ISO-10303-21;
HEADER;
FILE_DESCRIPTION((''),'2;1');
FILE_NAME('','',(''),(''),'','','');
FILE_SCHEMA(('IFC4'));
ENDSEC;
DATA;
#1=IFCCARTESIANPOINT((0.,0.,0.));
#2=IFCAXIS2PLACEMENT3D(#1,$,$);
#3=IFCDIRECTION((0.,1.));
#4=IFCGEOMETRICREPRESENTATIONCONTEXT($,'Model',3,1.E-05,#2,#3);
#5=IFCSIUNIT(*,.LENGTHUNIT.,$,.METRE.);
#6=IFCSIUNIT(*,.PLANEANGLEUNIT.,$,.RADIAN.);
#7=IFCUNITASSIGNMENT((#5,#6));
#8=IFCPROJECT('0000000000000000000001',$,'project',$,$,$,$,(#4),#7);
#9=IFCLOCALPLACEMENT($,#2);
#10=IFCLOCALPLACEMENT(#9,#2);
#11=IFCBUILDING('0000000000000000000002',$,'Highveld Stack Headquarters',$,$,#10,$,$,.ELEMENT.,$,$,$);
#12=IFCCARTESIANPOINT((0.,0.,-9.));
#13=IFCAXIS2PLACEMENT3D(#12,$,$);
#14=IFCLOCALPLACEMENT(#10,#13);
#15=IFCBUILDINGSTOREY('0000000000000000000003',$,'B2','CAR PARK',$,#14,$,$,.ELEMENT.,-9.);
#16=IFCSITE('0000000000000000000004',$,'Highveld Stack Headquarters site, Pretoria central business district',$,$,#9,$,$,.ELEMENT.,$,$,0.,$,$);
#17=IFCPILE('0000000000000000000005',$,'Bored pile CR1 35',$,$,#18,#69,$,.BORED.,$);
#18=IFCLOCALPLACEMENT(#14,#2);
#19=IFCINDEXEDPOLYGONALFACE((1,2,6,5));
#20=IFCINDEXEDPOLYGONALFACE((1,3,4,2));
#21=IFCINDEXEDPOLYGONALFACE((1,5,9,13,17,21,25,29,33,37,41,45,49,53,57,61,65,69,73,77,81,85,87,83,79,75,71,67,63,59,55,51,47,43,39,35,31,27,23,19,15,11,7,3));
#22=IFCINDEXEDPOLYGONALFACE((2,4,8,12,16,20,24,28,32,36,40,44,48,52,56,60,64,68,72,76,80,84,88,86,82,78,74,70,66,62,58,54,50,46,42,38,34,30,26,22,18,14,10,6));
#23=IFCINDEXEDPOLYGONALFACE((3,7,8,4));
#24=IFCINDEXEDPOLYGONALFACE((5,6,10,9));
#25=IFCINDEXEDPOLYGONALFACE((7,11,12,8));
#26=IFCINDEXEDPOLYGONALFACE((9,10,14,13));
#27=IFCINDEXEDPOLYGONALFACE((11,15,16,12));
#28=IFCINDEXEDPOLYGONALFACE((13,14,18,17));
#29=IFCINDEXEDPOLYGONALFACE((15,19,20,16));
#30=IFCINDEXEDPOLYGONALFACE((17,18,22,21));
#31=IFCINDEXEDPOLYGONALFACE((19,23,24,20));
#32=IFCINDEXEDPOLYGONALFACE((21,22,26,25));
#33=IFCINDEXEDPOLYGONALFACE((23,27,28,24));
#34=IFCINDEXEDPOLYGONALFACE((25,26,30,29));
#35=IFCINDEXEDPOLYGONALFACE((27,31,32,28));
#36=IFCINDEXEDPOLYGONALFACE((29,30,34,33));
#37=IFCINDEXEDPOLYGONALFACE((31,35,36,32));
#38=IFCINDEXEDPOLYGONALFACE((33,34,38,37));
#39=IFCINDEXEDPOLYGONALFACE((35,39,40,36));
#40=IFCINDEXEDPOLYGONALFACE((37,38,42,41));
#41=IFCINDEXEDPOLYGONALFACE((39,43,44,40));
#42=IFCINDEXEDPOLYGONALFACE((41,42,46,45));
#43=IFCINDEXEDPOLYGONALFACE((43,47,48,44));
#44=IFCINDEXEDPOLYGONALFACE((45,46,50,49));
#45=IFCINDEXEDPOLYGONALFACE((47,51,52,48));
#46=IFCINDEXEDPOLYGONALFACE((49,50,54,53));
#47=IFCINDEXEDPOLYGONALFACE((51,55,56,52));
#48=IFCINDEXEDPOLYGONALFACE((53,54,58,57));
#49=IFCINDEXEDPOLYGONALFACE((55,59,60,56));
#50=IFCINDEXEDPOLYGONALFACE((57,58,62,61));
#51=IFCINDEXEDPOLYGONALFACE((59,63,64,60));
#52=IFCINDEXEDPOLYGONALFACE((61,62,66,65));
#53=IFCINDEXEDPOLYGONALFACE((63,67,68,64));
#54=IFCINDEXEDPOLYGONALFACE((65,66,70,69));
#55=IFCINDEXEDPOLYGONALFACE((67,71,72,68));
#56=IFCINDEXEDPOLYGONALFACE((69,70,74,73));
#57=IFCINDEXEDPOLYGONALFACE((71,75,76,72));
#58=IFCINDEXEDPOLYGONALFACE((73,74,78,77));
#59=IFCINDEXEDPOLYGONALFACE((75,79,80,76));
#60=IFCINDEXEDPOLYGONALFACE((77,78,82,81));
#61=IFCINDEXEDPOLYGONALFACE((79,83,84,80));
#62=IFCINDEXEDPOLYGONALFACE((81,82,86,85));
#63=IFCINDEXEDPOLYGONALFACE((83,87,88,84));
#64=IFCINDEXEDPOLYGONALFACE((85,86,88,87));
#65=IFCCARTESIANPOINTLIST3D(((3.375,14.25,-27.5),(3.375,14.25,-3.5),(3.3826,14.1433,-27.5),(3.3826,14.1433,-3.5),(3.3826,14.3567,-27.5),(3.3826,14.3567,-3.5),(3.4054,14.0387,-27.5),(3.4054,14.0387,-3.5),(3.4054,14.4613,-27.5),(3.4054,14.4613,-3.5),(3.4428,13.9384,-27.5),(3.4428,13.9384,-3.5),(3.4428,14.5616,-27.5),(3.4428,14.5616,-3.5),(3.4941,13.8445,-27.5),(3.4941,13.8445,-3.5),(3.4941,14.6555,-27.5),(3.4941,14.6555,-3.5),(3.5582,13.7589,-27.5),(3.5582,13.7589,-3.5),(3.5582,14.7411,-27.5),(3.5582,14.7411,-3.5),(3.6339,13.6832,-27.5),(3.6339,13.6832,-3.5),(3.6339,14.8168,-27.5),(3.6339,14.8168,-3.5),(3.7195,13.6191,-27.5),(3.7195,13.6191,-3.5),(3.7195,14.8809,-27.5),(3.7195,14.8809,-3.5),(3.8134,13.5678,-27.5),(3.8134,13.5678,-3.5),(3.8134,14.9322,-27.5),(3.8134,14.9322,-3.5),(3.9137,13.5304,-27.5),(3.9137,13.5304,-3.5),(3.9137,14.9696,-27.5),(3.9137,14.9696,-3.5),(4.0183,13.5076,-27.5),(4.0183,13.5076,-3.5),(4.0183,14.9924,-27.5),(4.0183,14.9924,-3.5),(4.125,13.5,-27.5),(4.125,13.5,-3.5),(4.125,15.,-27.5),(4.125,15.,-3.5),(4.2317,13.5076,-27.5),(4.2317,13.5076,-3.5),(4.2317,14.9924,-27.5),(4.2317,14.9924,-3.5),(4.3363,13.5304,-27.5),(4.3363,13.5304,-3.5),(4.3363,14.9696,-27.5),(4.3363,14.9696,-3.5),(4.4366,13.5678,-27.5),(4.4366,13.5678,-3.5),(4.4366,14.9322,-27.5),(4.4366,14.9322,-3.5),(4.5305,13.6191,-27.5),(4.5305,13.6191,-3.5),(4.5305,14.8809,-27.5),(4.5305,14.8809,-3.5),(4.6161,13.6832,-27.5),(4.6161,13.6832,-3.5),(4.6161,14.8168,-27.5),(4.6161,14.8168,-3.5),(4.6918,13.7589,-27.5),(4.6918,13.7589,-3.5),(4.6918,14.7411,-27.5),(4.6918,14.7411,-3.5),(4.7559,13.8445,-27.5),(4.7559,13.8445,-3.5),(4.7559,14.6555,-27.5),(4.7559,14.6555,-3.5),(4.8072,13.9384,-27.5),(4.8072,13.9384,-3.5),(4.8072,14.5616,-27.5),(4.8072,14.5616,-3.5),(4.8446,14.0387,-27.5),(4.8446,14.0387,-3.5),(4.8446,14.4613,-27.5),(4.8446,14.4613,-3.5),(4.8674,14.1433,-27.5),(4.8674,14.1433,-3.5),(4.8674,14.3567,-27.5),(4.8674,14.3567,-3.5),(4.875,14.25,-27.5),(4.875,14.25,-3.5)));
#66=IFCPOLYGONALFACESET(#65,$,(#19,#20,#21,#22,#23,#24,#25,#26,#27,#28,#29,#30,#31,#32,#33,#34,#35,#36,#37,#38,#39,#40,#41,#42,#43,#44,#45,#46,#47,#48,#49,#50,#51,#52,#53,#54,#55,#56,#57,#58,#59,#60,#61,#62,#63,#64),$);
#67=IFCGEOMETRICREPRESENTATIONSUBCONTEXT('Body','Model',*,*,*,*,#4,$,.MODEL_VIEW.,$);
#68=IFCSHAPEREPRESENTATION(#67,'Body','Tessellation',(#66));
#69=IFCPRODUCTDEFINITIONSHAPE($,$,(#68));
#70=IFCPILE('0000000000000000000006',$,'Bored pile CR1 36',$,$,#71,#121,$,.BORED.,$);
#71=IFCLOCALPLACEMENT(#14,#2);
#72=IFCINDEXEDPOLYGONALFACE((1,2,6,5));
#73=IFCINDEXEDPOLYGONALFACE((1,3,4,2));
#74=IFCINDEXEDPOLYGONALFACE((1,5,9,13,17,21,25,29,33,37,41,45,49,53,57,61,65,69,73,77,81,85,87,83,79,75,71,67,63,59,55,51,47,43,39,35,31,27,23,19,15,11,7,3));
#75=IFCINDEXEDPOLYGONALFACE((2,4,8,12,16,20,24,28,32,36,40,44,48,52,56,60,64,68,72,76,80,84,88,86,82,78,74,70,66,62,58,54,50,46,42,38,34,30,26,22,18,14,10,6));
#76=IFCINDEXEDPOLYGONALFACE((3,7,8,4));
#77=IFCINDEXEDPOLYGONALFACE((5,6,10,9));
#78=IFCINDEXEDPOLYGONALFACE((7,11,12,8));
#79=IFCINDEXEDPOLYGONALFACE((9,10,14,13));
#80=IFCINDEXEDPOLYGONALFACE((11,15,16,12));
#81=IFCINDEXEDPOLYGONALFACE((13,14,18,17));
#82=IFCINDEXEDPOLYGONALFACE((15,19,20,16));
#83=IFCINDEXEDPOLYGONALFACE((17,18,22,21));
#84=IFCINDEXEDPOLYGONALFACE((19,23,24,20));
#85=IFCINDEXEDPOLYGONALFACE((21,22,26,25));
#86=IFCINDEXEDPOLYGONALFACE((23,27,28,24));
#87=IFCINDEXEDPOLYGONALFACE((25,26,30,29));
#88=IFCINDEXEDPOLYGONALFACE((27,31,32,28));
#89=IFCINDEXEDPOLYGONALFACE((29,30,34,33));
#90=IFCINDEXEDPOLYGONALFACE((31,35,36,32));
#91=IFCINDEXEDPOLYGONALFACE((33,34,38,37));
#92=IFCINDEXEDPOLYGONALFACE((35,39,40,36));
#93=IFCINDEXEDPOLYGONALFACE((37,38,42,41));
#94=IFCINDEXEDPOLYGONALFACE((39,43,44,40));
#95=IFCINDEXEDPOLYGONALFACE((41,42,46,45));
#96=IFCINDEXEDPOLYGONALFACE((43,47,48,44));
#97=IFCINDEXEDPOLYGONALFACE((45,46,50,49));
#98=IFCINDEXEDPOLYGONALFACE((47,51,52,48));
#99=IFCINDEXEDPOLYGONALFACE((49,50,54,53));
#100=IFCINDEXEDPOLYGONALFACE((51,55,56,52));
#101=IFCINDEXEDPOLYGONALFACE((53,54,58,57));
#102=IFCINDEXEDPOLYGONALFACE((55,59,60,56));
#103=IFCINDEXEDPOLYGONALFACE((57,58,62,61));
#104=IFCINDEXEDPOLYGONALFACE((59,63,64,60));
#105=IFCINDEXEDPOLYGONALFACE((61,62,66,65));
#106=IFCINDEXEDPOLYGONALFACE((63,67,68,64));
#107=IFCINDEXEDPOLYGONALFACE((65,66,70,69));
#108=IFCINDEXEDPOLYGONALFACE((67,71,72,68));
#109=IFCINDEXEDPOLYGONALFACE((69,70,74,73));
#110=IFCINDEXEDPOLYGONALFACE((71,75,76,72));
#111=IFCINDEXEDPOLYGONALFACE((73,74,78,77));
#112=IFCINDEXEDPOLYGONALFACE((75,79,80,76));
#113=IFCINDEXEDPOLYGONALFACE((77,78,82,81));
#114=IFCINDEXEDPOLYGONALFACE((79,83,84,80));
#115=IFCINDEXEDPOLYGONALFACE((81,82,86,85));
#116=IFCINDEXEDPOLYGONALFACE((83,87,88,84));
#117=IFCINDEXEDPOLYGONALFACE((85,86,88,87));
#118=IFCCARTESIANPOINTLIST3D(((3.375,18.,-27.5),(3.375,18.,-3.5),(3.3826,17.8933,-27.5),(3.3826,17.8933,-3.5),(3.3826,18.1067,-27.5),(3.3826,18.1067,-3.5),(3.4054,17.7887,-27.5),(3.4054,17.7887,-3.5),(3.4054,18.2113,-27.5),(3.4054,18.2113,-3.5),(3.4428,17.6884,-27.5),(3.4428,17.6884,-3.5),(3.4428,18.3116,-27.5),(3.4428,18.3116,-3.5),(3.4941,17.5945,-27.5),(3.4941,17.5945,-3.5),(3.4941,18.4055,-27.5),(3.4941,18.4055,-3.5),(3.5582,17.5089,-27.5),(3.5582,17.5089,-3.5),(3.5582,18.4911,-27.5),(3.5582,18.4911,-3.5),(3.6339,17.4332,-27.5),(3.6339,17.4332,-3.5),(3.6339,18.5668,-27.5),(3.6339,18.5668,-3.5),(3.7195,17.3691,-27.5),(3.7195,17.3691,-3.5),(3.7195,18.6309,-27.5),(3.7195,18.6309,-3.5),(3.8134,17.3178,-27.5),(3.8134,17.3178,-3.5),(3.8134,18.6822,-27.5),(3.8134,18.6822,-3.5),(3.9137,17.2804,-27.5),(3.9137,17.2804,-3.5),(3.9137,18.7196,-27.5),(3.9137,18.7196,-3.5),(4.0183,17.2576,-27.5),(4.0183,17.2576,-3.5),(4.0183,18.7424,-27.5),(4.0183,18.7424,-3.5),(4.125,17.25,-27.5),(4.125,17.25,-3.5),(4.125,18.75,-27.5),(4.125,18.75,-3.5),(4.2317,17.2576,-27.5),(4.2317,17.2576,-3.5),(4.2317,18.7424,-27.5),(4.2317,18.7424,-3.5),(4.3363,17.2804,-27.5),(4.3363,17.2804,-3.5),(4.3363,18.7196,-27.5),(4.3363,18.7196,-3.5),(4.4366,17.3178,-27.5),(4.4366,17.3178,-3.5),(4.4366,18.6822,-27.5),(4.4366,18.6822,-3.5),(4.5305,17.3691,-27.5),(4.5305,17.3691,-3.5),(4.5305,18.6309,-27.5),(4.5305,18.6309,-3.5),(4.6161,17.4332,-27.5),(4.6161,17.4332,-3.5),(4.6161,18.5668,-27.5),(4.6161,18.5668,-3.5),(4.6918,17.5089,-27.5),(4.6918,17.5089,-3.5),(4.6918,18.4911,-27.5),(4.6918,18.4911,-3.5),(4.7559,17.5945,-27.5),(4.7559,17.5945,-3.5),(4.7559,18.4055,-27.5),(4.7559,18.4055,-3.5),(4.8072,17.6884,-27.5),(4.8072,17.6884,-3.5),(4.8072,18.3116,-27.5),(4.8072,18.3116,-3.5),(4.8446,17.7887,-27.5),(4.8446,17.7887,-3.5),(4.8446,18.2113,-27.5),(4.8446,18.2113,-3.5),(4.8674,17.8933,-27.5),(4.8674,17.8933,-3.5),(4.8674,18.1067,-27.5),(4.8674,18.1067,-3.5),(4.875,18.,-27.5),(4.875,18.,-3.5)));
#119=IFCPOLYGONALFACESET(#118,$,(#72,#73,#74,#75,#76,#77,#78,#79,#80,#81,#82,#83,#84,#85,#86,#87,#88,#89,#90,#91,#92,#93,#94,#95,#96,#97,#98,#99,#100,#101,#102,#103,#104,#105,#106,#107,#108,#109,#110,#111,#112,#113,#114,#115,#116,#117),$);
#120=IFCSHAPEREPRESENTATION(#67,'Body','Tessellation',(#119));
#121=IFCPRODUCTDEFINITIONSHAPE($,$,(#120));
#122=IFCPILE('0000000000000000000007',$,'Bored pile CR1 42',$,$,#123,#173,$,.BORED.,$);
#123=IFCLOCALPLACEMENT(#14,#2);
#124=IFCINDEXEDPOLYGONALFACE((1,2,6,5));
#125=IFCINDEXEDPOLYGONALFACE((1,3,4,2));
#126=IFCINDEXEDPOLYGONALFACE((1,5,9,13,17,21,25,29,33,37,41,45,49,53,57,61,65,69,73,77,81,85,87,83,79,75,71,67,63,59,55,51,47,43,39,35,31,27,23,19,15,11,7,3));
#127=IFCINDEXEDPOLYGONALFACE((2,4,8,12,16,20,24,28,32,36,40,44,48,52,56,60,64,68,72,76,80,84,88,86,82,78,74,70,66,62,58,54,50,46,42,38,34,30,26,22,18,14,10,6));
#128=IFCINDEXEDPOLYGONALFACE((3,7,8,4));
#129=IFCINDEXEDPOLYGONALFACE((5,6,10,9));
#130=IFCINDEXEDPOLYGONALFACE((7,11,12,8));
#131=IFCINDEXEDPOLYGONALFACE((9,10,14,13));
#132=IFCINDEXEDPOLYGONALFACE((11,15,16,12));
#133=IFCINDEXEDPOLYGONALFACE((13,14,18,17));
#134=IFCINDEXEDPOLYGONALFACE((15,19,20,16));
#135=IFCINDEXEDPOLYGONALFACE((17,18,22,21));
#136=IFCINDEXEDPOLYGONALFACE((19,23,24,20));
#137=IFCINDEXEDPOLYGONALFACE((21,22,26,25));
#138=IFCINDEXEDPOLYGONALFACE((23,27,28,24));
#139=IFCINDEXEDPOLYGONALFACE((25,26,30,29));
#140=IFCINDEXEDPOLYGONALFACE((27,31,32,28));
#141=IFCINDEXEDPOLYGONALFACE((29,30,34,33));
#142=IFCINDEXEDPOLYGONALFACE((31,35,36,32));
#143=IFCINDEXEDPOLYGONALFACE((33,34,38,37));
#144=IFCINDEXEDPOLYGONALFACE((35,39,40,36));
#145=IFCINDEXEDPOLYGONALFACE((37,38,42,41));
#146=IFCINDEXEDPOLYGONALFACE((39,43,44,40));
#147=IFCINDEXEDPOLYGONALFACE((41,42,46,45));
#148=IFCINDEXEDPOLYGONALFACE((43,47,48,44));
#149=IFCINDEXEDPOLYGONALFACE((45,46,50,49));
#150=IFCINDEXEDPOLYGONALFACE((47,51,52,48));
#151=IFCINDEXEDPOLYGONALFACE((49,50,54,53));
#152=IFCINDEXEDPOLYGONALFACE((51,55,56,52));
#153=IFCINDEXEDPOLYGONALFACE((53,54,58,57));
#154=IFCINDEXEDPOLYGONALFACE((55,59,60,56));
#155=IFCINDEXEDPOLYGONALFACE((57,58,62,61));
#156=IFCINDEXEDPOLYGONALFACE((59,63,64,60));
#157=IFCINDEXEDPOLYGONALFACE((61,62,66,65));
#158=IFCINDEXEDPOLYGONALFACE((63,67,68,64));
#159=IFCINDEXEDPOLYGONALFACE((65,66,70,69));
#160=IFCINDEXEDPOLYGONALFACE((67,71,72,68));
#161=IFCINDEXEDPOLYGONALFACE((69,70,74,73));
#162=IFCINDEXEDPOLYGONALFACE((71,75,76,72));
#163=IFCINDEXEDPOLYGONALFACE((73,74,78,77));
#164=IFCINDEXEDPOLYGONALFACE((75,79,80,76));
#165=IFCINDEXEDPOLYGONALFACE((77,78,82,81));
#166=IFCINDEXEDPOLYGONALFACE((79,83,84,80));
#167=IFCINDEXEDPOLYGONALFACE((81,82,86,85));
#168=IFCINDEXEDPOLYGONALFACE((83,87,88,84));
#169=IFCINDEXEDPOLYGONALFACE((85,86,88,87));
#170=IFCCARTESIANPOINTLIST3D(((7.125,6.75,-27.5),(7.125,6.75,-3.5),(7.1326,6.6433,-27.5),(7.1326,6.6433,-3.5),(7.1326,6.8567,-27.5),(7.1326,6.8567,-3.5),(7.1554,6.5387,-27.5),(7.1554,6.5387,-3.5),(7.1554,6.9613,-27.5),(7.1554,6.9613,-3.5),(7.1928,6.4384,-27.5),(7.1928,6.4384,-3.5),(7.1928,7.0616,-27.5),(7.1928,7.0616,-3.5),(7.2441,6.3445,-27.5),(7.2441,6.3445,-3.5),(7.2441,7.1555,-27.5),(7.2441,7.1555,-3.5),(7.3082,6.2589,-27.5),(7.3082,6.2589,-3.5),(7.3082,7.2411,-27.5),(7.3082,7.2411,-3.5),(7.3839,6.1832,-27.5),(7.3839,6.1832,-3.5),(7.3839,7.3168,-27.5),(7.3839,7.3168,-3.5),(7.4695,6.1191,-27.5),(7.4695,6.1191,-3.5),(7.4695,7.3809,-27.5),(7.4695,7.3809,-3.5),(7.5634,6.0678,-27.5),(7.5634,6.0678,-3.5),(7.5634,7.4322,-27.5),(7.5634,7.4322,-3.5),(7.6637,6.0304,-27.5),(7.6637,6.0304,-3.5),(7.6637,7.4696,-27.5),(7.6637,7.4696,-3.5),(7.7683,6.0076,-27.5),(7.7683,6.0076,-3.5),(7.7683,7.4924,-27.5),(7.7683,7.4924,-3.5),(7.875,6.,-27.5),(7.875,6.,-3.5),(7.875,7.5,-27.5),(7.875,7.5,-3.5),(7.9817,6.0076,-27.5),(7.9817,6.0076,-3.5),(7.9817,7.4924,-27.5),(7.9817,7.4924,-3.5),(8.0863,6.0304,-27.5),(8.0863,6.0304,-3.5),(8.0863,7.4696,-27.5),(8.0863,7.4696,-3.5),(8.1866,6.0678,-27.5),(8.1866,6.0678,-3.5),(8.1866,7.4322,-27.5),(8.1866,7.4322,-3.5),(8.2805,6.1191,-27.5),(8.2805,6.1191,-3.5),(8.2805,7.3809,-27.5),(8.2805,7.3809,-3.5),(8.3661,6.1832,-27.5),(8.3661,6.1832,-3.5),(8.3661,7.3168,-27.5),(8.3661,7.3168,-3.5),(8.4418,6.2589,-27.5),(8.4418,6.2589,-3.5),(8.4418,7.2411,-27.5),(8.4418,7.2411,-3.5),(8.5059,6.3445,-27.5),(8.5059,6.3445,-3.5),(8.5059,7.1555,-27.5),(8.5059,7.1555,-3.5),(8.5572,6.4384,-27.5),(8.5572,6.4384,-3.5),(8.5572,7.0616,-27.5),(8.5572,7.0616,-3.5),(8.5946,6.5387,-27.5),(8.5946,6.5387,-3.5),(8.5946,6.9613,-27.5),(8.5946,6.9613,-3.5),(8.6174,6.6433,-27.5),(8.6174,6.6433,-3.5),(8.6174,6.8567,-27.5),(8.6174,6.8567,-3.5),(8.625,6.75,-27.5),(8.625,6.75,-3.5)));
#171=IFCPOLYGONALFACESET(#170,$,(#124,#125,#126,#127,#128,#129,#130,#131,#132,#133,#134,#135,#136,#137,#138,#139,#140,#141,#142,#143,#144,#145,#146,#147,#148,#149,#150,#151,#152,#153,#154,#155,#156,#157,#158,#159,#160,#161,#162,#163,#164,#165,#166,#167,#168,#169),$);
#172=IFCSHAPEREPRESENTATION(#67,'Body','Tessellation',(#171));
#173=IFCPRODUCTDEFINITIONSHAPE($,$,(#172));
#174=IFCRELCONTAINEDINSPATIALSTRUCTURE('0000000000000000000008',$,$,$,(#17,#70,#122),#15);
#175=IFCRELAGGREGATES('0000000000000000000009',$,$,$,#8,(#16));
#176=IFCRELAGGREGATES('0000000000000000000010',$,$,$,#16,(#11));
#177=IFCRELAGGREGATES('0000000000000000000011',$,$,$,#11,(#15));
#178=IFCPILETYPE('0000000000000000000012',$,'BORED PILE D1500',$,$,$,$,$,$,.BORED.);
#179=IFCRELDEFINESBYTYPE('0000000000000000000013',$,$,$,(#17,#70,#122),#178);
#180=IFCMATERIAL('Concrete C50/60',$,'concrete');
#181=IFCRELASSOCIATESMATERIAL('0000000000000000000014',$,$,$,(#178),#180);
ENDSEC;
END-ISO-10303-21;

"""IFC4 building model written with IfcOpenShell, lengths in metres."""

from ifc_helpers import new_model, si_unit, direction, frame, origin, origin_2d, place, context, subcontext, project, spatial, circle, extrude, material, type_object, element, save


model = new_model("IFC4")

# Units and contexts
model_context = context("Model", 3, precision=1e-05, world=origin(), true_north=direction((0.0, 1.0)))
body_context = subcontext(model_context, "Body", "Model", "MODEL_VIEW")
ifc_project = project(units=[si_unit("LENGTHUNIT", "METRE"), si_unit("PLANEANGLEUNIT", "RADIAN")], contexts=[model_context])

# Site, building, storey
site_placement = place(None, origin())
site = spatial("IfcSite", under=ifc_project, at=site_placement, Name="Highveld Stack Headquarters site, Pretoria central business district", CompositionType="ELEMENT", RefElevation=0.0)
building_placement = place(site_placement, origin())
building = spatial("IfcBuilding", under=site, at=building_placement, Name="Highveld Stack Headquarters", CompositionType="ELEMENT")
storey_placement = place(building_placement, frame((0.0, 0.0, -9.0)))
storey = spatial("IfcBuildingStorey", under=building, at=storey_placement, Name="B2", Description="CAR PARK", CompositionType="ELEMENT", Elevation=-9.0)

# Piles
ifc_material_1 = material(Name="Concrete C50/60", Category="concrete")
pile_type = type_object("IfcPileType", Name="BORED PILE D1500", PredefinedType="BORED", material=ifc_material_1)
for number, where, z_axis, x_axis, name in (
    (1, (4.125, 14.25, -3.5), (0.0, 0.0, -1.0), (1.0, 0.0, 0.0), "Bored pile CR1 35"),
    (2, (4.125, 18.0, -3.5), (0.0, 0.0, -1.0), (1.0, 0.0, 0.0), "Bored pile CR1 36"),
    (3, (7.875, 6.75, -3.5), (0.0, 0.0, -1.0), (1.0, 0.0, 0.0), "Bored pile CR1 42"),
):
    element("IfcPile", number, at=place(storey_placement, frame(where, z_axis=z_axis, x_axis=x_axis)), inside=storey, type_object=pile_type, Name=name, PredefinedType="BORED", context=body_context, shape_type="SweptSolid", body=[
        extrude(circle(Radius=0.75, at=origin_2d()), origin(), (0.0, 0.0, 1.0), 24.0),
    ])

save(model, "model.ifc")
